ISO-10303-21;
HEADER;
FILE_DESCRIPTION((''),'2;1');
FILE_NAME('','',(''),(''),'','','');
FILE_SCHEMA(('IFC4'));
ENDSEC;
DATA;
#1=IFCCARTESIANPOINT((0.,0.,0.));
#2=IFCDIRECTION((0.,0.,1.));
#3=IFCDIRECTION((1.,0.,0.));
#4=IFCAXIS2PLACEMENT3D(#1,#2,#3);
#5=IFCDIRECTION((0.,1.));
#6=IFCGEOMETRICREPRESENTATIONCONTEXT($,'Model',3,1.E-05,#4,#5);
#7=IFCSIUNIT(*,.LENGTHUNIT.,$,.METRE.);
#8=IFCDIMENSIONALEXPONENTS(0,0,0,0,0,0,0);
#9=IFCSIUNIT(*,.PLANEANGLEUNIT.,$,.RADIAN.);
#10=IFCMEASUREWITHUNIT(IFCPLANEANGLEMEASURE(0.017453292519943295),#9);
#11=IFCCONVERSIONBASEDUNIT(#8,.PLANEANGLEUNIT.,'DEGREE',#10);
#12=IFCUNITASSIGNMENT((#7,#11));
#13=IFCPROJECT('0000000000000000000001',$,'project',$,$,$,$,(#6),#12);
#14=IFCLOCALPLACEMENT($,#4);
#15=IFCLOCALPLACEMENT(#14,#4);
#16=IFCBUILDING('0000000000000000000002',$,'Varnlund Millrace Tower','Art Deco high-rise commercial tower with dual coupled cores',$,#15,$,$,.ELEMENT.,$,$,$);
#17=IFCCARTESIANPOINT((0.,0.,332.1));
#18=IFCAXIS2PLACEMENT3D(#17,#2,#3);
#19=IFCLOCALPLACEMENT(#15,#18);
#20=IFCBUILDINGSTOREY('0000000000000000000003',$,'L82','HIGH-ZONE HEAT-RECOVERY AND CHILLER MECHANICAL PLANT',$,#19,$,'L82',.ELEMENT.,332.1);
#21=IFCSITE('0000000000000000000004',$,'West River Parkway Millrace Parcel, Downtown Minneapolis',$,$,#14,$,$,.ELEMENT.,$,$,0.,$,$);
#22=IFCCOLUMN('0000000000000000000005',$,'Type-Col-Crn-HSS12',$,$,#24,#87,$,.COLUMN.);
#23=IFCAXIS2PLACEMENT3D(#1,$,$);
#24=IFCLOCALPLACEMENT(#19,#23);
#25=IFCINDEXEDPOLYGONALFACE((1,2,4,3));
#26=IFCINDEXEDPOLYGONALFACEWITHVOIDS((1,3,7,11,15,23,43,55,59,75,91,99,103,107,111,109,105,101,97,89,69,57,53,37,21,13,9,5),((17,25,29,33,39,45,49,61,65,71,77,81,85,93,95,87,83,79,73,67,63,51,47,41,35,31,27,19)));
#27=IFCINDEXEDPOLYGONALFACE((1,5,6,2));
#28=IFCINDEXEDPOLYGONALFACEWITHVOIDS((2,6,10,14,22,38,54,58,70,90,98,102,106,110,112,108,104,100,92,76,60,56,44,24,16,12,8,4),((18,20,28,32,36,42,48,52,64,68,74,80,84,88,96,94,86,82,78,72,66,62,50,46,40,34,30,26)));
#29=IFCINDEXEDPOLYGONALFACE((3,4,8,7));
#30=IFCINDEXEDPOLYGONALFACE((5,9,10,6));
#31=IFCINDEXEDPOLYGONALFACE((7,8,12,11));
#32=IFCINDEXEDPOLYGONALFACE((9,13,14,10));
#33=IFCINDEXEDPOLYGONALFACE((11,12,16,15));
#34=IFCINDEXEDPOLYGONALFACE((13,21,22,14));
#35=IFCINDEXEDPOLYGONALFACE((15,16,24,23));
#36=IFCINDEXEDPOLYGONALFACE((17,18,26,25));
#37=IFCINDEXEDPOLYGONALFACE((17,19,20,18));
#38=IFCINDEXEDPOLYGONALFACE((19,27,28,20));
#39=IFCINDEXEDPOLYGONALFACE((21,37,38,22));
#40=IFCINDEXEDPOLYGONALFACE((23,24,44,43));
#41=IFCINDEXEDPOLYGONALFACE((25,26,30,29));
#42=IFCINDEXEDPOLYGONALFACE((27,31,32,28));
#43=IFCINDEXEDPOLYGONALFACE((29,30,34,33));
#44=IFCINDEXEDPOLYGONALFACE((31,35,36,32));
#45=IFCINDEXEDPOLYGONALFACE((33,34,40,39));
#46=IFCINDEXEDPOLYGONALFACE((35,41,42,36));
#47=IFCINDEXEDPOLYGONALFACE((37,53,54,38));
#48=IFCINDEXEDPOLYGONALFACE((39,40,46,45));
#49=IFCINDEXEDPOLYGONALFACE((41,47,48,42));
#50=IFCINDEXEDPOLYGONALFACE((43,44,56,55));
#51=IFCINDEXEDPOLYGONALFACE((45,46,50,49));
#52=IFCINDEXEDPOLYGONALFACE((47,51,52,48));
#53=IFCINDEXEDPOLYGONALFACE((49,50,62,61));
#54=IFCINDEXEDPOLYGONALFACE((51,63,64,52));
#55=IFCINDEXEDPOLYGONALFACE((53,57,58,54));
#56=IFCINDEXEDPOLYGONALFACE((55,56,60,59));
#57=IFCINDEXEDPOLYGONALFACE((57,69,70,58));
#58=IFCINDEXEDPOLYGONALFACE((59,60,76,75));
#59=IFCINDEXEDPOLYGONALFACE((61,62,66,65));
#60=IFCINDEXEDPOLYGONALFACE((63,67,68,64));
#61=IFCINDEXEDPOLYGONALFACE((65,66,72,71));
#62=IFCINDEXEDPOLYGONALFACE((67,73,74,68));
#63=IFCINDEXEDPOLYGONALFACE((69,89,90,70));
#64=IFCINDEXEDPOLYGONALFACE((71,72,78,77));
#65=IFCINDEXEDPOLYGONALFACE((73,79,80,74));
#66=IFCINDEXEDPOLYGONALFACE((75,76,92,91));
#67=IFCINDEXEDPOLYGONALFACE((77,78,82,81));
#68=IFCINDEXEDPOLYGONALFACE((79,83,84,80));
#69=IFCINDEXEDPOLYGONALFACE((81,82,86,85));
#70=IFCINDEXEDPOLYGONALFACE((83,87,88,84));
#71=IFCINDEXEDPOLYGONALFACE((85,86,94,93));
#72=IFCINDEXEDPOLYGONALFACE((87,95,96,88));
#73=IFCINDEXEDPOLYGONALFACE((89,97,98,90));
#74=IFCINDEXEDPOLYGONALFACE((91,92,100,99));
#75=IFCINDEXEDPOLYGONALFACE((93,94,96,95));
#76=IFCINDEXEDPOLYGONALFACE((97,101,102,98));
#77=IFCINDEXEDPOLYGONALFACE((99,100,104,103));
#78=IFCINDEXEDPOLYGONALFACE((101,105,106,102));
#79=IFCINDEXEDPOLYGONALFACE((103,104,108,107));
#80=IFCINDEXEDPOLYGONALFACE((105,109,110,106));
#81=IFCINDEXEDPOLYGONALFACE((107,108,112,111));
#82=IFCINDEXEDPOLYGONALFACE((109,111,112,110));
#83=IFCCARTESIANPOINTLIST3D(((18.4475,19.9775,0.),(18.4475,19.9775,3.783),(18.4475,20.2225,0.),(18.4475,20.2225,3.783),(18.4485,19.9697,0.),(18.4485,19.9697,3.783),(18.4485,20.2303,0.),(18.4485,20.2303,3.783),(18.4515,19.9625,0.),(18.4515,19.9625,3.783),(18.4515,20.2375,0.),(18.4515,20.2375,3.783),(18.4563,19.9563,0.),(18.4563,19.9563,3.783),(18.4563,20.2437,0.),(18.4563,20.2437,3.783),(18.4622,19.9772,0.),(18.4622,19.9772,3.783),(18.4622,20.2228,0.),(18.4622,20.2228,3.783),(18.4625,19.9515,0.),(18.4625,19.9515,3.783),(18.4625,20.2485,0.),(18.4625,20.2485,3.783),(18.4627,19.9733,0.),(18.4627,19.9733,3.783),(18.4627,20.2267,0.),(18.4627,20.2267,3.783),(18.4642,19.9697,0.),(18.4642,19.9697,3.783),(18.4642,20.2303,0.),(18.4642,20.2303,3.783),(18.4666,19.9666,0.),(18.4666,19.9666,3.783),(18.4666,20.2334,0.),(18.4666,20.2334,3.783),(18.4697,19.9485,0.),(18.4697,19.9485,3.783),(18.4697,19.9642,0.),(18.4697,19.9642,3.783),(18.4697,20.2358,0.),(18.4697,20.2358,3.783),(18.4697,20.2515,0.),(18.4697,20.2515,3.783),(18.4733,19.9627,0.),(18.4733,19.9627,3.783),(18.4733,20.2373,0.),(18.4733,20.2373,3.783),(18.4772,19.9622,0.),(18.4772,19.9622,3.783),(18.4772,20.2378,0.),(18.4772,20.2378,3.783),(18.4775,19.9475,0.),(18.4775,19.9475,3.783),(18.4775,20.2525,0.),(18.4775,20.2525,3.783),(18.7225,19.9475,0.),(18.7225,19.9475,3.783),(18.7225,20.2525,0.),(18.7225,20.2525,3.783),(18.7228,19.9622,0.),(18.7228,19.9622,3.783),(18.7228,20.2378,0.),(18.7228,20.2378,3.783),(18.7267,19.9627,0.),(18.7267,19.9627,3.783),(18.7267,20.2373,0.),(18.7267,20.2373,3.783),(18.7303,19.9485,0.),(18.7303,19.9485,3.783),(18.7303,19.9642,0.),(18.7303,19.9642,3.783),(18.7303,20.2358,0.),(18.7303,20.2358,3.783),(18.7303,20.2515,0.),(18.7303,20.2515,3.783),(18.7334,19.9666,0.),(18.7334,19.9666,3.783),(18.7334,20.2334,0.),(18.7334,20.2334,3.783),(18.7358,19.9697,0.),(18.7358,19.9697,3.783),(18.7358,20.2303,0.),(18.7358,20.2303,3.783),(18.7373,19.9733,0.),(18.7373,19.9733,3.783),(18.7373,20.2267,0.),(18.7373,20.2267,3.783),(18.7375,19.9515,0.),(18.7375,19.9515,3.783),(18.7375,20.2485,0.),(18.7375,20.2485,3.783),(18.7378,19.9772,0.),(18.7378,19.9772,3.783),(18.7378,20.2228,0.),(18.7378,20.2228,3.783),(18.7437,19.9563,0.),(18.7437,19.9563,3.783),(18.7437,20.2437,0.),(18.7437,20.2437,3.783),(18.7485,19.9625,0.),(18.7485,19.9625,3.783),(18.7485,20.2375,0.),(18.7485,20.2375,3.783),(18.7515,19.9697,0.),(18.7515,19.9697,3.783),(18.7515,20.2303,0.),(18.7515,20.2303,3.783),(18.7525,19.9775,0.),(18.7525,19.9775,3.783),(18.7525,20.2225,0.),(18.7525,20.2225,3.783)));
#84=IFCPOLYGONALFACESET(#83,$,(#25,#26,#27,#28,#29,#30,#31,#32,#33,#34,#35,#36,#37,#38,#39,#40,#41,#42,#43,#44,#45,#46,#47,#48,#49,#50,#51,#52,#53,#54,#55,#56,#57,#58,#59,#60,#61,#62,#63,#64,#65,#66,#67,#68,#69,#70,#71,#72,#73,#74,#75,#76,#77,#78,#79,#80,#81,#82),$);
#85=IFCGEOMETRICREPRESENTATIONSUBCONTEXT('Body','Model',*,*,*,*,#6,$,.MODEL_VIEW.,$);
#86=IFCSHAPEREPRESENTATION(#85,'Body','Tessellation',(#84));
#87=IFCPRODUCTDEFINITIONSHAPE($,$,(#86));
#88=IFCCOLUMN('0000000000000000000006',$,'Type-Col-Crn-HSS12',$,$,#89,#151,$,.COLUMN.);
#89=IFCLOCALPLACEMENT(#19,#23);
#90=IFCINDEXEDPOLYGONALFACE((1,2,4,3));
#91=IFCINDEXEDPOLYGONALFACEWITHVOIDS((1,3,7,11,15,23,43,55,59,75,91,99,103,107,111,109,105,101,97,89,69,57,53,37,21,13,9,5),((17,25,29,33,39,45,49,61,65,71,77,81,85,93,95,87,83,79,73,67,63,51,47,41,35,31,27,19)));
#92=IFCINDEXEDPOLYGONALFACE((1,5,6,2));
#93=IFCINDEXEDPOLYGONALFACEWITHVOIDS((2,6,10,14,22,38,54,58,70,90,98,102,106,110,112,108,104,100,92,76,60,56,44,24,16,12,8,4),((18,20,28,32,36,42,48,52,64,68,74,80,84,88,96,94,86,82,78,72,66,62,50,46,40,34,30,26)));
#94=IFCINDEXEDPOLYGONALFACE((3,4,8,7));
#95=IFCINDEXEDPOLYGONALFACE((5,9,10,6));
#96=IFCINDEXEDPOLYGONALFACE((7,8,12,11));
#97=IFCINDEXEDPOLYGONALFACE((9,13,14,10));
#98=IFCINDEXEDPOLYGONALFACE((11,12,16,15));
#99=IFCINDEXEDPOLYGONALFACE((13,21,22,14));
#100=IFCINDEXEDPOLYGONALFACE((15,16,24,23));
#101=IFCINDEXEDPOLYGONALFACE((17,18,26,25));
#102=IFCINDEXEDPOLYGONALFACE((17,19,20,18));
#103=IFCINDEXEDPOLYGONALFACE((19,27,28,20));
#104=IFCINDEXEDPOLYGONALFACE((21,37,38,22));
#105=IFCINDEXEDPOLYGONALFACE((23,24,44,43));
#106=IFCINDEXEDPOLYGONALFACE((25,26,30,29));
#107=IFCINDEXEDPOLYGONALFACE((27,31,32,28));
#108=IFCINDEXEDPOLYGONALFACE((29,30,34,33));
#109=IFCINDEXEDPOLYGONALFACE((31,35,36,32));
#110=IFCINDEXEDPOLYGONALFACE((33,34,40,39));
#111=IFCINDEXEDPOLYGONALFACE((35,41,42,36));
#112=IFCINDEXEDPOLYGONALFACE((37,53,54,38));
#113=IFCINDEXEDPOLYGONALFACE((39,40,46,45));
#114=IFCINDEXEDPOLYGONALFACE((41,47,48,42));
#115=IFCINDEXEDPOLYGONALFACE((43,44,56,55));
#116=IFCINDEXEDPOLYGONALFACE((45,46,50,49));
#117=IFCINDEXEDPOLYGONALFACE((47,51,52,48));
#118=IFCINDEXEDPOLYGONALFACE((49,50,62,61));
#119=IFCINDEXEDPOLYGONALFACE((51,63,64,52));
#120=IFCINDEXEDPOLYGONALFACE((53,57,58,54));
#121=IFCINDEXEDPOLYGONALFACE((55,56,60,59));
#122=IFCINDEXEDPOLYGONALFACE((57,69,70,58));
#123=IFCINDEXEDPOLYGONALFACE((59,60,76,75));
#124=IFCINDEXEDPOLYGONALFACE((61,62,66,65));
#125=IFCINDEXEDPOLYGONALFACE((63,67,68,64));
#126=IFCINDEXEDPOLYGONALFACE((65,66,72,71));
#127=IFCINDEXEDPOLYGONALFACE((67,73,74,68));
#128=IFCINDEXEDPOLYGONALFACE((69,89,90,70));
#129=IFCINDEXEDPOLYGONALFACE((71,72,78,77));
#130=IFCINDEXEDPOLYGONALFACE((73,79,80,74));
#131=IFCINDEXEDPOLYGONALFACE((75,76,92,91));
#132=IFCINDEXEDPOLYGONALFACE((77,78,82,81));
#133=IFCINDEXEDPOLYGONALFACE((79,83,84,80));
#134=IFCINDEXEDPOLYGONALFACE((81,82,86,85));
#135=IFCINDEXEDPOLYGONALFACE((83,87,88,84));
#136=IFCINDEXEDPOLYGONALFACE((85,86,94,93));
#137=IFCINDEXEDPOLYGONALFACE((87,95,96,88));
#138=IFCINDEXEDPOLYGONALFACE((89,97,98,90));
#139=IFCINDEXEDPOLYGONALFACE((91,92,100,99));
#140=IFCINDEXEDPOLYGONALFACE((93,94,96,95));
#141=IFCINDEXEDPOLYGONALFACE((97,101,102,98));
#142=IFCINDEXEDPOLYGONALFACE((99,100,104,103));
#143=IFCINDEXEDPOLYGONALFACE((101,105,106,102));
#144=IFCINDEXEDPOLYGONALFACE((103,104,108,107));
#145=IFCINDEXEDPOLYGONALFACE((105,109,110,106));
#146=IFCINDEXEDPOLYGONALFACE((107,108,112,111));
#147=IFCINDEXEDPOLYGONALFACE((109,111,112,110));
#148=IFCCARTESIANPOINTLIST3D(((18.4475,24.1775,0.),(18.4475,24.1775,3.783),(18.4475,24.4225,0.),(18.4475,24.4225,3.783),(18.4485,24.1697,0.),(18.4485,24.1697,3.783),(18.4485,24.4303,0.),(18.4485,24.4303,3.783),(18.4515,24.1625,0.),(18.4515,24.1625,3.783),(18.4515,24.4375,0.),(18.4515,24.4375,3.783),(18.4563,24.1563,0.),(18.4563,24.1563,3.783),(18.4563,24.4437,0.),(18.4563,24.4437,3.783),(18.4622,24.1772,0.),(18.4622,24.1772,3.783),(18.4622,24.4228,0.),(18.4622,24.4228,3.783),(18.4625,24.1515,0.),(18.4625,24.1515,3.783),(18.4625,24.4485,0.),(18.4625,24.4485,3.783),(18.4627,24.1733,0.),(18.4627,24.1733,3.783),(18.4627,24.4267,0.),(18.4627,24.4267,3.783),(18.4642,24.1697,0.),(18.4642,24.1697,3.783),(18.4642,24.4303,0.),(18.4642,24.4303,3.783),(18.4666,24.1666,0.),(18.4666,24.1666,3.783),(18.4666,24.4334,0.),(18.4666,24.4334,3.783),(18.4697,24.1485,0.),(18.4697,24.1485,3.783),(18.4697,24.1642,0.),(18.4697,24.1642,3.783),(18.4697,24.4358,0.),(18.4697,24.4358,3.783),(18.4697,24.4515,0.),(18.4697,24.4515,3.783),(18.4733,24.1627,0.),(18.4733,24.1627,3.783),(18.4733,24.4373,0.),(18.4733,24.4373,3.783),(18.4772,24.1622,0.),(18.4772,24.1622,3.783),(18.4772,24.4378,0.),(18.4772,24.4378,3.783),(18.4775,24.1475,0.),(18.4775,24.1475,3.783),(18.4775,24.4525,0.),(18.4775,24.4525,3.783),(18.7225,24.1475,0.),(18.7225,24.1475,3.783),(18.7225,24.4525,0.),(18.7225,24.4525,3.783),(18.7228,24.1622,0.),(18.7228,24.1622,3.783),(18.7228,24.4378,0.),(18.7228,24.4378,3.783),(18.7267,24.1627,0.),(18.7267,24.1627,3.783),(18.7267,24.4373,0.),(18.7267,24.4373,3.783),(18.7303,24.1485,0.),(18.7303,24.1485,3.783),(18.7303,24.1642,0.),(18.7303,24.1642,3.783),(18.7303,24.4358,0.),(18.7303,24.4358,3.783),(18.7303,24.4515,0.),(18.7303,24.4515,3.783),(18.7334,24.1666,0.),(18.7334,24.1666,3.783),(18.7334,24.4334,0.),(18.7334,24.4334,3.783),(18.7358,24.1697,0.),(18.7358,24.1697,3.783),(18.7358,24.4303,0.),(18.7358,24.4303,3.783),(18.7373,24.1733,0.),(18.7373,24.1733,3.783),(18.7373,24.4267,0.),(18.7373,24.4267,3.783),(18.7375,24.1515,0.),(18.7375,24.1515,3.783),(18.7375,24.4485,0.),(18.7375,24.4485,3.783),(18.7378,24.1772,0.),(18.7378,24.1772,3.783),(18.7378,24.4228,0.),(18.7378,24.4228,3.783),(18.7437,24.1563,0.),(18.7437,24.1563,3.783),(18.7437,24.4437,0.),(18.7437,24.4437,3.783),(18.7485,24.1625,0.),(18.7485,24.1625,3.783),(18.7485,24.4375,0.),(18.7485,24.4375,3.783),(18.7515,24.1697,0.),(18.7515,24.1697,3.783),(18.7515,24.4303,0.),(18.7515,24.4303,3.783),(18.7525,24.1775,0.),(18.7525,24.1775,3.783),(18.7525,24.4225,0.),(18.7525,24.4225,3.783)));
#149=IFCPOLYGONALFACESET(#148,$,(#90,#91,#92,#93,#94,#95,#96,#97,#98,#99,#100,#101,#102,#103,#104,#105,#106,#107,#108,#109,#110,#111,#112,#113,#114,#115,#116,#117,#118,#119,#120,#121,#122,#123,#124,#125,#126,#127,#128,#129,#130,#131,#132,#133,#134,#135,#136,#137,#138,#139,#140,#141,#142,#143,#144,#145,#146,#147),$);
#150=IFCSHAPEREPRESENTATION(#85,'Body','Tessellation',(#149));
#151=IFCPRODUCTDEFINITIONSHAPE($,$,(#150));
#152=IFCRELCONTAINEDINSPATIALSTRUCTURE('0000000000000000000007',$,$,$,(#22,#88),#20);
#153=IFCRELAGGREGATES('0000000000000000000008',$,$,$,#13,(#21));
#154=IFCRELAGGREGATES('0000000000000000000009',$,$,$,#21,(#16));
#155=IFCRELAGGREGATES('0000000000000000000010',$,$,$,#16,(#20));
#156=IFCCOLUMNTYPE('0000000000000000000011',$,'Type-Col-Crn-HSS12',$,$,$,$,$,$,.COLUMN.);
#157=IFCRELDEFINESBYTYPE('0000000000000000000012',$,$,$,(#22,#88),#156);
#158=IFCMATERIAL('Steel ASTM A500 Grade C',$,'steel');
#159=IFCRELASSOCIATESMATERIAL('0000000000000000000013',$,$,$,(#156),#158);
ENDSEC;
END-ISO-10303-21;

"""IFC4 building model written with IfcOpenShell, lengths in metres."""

from ifc_helpers import new_model, entity, si_unit, converted_unit, direction, frame, origin_with_axes, origin_2d_with_axis, place, context, subcontext, project, spatial, hollow_rectangle, extrude, material, material_profile, profile_set, type_object, element, save


model = new_model("IFC4")

# Units and contexts
model_context = context("Model", 3, precision=1e-05, world=origin_with_axes(), true_north=direction((0.0, 1.0)))
body_context = subcontext(model_context, "Body", "Model", "MODEL_VIEW")
ifc_project = project(units=[si_unit("LENGTHUNIT", "METRE"), converted_unit("PLANEANGLEUNIT", "DEGREE", entity("IfcPlaneAngleMeasure", 0.017453292519943295), si_unit("PLANEANGLEUNIT", "RADIAN"), dimensions=[0, 0, 0, 0, 0, 0, 0])], contexts=[model_context])

# Site, building, storey
site_placement = place(None, origin_with_axes())
site = spatial("IfcSite", under=ifc_project, at=site_placement, Name="West River Parkway Millrace Parcel, Downtown Minneapolis", CompositionType="ELEMENT", RefElevation=0.0)
building_placement = place(site_placement, origin_with_axes())
building = spatial("IfcBuilding", under=site, at=building_placement, Name="Varnlund Millrace Tower", Description="Art Deco high-rise commercial tower with dual coupled cores", CompositionType="ELEMENT")
storey_placement = place(building_placement, frame((0.0, 0.0, 332.1), z_axis=(0.0, 0.0, 1.0), x_axis=(1.0, 0.0, 0.0)))
storey = spatial("IfcBuildingStorey", under=building, at=storey_placement, Name="L82", Description="HIGH-ZONE HEAT-RECOVERY AND CHILLER MECHANICAL PLANT", LongName="L82", CompositionType="ELEMENT", Elevation=332.1)

# Columns
ifc_material_1 = material(Name="Steel ASTM A500 Grade C", Category="steel")
ifc_material_profile = material_profile(ifc_material_1, hollow_rectangle(XDim=0.305, YDim=0.305, WallThickness=0.0147, InnerFilletRadius=0.015, OuterFilletRadius=0.03, at=origin_2d_with_axis()), Name="Steel ASTM A500 Grade C")
ifc_profile_set = profile_set([ifc_material_profile], Name="Steel ASTM A500 Grade C")
column_type = type_object("IfcColumnType", Name="Type-Col-Crn-HSS12", PredefinedType="COLUMN", material=ifc_profile_set)
for number, where, z_axis, x_axis, name in (
    (1, (18.6, 20.1, 0.0), (0.0, 0.0, 1.0), (1.0, 0.0, 0.0), "Type-Col-Crn-HSS12"),
    (2, (18.6, 24.3, 0.0), (0.0, 0.0, 1.0), (1.0, 0.0, 0.0), "Type-Col-Crn-HSS12"),
):
    element("IfcColumn", number, at=place(storey_placement, frame(where, z_axis=z_axis, x_axis=x_axis)), inside=storey, type_object=column_type, Name=name, PredefinedType="COLUMN", context=body_context, shape_type="SweptSolid", body=[
        extrude(hollow_rectangle(XDim=0.305, YDim=0.305, WallThickness=0.0147, InnerFilletRadius=0.015, OuterFilletRadius=0.03, at=origin_2d_with_axis()), origin_with_axes(), (0.0, 0.0, 1.0), 3.783),
    ])

save(model, "model.ifc")
